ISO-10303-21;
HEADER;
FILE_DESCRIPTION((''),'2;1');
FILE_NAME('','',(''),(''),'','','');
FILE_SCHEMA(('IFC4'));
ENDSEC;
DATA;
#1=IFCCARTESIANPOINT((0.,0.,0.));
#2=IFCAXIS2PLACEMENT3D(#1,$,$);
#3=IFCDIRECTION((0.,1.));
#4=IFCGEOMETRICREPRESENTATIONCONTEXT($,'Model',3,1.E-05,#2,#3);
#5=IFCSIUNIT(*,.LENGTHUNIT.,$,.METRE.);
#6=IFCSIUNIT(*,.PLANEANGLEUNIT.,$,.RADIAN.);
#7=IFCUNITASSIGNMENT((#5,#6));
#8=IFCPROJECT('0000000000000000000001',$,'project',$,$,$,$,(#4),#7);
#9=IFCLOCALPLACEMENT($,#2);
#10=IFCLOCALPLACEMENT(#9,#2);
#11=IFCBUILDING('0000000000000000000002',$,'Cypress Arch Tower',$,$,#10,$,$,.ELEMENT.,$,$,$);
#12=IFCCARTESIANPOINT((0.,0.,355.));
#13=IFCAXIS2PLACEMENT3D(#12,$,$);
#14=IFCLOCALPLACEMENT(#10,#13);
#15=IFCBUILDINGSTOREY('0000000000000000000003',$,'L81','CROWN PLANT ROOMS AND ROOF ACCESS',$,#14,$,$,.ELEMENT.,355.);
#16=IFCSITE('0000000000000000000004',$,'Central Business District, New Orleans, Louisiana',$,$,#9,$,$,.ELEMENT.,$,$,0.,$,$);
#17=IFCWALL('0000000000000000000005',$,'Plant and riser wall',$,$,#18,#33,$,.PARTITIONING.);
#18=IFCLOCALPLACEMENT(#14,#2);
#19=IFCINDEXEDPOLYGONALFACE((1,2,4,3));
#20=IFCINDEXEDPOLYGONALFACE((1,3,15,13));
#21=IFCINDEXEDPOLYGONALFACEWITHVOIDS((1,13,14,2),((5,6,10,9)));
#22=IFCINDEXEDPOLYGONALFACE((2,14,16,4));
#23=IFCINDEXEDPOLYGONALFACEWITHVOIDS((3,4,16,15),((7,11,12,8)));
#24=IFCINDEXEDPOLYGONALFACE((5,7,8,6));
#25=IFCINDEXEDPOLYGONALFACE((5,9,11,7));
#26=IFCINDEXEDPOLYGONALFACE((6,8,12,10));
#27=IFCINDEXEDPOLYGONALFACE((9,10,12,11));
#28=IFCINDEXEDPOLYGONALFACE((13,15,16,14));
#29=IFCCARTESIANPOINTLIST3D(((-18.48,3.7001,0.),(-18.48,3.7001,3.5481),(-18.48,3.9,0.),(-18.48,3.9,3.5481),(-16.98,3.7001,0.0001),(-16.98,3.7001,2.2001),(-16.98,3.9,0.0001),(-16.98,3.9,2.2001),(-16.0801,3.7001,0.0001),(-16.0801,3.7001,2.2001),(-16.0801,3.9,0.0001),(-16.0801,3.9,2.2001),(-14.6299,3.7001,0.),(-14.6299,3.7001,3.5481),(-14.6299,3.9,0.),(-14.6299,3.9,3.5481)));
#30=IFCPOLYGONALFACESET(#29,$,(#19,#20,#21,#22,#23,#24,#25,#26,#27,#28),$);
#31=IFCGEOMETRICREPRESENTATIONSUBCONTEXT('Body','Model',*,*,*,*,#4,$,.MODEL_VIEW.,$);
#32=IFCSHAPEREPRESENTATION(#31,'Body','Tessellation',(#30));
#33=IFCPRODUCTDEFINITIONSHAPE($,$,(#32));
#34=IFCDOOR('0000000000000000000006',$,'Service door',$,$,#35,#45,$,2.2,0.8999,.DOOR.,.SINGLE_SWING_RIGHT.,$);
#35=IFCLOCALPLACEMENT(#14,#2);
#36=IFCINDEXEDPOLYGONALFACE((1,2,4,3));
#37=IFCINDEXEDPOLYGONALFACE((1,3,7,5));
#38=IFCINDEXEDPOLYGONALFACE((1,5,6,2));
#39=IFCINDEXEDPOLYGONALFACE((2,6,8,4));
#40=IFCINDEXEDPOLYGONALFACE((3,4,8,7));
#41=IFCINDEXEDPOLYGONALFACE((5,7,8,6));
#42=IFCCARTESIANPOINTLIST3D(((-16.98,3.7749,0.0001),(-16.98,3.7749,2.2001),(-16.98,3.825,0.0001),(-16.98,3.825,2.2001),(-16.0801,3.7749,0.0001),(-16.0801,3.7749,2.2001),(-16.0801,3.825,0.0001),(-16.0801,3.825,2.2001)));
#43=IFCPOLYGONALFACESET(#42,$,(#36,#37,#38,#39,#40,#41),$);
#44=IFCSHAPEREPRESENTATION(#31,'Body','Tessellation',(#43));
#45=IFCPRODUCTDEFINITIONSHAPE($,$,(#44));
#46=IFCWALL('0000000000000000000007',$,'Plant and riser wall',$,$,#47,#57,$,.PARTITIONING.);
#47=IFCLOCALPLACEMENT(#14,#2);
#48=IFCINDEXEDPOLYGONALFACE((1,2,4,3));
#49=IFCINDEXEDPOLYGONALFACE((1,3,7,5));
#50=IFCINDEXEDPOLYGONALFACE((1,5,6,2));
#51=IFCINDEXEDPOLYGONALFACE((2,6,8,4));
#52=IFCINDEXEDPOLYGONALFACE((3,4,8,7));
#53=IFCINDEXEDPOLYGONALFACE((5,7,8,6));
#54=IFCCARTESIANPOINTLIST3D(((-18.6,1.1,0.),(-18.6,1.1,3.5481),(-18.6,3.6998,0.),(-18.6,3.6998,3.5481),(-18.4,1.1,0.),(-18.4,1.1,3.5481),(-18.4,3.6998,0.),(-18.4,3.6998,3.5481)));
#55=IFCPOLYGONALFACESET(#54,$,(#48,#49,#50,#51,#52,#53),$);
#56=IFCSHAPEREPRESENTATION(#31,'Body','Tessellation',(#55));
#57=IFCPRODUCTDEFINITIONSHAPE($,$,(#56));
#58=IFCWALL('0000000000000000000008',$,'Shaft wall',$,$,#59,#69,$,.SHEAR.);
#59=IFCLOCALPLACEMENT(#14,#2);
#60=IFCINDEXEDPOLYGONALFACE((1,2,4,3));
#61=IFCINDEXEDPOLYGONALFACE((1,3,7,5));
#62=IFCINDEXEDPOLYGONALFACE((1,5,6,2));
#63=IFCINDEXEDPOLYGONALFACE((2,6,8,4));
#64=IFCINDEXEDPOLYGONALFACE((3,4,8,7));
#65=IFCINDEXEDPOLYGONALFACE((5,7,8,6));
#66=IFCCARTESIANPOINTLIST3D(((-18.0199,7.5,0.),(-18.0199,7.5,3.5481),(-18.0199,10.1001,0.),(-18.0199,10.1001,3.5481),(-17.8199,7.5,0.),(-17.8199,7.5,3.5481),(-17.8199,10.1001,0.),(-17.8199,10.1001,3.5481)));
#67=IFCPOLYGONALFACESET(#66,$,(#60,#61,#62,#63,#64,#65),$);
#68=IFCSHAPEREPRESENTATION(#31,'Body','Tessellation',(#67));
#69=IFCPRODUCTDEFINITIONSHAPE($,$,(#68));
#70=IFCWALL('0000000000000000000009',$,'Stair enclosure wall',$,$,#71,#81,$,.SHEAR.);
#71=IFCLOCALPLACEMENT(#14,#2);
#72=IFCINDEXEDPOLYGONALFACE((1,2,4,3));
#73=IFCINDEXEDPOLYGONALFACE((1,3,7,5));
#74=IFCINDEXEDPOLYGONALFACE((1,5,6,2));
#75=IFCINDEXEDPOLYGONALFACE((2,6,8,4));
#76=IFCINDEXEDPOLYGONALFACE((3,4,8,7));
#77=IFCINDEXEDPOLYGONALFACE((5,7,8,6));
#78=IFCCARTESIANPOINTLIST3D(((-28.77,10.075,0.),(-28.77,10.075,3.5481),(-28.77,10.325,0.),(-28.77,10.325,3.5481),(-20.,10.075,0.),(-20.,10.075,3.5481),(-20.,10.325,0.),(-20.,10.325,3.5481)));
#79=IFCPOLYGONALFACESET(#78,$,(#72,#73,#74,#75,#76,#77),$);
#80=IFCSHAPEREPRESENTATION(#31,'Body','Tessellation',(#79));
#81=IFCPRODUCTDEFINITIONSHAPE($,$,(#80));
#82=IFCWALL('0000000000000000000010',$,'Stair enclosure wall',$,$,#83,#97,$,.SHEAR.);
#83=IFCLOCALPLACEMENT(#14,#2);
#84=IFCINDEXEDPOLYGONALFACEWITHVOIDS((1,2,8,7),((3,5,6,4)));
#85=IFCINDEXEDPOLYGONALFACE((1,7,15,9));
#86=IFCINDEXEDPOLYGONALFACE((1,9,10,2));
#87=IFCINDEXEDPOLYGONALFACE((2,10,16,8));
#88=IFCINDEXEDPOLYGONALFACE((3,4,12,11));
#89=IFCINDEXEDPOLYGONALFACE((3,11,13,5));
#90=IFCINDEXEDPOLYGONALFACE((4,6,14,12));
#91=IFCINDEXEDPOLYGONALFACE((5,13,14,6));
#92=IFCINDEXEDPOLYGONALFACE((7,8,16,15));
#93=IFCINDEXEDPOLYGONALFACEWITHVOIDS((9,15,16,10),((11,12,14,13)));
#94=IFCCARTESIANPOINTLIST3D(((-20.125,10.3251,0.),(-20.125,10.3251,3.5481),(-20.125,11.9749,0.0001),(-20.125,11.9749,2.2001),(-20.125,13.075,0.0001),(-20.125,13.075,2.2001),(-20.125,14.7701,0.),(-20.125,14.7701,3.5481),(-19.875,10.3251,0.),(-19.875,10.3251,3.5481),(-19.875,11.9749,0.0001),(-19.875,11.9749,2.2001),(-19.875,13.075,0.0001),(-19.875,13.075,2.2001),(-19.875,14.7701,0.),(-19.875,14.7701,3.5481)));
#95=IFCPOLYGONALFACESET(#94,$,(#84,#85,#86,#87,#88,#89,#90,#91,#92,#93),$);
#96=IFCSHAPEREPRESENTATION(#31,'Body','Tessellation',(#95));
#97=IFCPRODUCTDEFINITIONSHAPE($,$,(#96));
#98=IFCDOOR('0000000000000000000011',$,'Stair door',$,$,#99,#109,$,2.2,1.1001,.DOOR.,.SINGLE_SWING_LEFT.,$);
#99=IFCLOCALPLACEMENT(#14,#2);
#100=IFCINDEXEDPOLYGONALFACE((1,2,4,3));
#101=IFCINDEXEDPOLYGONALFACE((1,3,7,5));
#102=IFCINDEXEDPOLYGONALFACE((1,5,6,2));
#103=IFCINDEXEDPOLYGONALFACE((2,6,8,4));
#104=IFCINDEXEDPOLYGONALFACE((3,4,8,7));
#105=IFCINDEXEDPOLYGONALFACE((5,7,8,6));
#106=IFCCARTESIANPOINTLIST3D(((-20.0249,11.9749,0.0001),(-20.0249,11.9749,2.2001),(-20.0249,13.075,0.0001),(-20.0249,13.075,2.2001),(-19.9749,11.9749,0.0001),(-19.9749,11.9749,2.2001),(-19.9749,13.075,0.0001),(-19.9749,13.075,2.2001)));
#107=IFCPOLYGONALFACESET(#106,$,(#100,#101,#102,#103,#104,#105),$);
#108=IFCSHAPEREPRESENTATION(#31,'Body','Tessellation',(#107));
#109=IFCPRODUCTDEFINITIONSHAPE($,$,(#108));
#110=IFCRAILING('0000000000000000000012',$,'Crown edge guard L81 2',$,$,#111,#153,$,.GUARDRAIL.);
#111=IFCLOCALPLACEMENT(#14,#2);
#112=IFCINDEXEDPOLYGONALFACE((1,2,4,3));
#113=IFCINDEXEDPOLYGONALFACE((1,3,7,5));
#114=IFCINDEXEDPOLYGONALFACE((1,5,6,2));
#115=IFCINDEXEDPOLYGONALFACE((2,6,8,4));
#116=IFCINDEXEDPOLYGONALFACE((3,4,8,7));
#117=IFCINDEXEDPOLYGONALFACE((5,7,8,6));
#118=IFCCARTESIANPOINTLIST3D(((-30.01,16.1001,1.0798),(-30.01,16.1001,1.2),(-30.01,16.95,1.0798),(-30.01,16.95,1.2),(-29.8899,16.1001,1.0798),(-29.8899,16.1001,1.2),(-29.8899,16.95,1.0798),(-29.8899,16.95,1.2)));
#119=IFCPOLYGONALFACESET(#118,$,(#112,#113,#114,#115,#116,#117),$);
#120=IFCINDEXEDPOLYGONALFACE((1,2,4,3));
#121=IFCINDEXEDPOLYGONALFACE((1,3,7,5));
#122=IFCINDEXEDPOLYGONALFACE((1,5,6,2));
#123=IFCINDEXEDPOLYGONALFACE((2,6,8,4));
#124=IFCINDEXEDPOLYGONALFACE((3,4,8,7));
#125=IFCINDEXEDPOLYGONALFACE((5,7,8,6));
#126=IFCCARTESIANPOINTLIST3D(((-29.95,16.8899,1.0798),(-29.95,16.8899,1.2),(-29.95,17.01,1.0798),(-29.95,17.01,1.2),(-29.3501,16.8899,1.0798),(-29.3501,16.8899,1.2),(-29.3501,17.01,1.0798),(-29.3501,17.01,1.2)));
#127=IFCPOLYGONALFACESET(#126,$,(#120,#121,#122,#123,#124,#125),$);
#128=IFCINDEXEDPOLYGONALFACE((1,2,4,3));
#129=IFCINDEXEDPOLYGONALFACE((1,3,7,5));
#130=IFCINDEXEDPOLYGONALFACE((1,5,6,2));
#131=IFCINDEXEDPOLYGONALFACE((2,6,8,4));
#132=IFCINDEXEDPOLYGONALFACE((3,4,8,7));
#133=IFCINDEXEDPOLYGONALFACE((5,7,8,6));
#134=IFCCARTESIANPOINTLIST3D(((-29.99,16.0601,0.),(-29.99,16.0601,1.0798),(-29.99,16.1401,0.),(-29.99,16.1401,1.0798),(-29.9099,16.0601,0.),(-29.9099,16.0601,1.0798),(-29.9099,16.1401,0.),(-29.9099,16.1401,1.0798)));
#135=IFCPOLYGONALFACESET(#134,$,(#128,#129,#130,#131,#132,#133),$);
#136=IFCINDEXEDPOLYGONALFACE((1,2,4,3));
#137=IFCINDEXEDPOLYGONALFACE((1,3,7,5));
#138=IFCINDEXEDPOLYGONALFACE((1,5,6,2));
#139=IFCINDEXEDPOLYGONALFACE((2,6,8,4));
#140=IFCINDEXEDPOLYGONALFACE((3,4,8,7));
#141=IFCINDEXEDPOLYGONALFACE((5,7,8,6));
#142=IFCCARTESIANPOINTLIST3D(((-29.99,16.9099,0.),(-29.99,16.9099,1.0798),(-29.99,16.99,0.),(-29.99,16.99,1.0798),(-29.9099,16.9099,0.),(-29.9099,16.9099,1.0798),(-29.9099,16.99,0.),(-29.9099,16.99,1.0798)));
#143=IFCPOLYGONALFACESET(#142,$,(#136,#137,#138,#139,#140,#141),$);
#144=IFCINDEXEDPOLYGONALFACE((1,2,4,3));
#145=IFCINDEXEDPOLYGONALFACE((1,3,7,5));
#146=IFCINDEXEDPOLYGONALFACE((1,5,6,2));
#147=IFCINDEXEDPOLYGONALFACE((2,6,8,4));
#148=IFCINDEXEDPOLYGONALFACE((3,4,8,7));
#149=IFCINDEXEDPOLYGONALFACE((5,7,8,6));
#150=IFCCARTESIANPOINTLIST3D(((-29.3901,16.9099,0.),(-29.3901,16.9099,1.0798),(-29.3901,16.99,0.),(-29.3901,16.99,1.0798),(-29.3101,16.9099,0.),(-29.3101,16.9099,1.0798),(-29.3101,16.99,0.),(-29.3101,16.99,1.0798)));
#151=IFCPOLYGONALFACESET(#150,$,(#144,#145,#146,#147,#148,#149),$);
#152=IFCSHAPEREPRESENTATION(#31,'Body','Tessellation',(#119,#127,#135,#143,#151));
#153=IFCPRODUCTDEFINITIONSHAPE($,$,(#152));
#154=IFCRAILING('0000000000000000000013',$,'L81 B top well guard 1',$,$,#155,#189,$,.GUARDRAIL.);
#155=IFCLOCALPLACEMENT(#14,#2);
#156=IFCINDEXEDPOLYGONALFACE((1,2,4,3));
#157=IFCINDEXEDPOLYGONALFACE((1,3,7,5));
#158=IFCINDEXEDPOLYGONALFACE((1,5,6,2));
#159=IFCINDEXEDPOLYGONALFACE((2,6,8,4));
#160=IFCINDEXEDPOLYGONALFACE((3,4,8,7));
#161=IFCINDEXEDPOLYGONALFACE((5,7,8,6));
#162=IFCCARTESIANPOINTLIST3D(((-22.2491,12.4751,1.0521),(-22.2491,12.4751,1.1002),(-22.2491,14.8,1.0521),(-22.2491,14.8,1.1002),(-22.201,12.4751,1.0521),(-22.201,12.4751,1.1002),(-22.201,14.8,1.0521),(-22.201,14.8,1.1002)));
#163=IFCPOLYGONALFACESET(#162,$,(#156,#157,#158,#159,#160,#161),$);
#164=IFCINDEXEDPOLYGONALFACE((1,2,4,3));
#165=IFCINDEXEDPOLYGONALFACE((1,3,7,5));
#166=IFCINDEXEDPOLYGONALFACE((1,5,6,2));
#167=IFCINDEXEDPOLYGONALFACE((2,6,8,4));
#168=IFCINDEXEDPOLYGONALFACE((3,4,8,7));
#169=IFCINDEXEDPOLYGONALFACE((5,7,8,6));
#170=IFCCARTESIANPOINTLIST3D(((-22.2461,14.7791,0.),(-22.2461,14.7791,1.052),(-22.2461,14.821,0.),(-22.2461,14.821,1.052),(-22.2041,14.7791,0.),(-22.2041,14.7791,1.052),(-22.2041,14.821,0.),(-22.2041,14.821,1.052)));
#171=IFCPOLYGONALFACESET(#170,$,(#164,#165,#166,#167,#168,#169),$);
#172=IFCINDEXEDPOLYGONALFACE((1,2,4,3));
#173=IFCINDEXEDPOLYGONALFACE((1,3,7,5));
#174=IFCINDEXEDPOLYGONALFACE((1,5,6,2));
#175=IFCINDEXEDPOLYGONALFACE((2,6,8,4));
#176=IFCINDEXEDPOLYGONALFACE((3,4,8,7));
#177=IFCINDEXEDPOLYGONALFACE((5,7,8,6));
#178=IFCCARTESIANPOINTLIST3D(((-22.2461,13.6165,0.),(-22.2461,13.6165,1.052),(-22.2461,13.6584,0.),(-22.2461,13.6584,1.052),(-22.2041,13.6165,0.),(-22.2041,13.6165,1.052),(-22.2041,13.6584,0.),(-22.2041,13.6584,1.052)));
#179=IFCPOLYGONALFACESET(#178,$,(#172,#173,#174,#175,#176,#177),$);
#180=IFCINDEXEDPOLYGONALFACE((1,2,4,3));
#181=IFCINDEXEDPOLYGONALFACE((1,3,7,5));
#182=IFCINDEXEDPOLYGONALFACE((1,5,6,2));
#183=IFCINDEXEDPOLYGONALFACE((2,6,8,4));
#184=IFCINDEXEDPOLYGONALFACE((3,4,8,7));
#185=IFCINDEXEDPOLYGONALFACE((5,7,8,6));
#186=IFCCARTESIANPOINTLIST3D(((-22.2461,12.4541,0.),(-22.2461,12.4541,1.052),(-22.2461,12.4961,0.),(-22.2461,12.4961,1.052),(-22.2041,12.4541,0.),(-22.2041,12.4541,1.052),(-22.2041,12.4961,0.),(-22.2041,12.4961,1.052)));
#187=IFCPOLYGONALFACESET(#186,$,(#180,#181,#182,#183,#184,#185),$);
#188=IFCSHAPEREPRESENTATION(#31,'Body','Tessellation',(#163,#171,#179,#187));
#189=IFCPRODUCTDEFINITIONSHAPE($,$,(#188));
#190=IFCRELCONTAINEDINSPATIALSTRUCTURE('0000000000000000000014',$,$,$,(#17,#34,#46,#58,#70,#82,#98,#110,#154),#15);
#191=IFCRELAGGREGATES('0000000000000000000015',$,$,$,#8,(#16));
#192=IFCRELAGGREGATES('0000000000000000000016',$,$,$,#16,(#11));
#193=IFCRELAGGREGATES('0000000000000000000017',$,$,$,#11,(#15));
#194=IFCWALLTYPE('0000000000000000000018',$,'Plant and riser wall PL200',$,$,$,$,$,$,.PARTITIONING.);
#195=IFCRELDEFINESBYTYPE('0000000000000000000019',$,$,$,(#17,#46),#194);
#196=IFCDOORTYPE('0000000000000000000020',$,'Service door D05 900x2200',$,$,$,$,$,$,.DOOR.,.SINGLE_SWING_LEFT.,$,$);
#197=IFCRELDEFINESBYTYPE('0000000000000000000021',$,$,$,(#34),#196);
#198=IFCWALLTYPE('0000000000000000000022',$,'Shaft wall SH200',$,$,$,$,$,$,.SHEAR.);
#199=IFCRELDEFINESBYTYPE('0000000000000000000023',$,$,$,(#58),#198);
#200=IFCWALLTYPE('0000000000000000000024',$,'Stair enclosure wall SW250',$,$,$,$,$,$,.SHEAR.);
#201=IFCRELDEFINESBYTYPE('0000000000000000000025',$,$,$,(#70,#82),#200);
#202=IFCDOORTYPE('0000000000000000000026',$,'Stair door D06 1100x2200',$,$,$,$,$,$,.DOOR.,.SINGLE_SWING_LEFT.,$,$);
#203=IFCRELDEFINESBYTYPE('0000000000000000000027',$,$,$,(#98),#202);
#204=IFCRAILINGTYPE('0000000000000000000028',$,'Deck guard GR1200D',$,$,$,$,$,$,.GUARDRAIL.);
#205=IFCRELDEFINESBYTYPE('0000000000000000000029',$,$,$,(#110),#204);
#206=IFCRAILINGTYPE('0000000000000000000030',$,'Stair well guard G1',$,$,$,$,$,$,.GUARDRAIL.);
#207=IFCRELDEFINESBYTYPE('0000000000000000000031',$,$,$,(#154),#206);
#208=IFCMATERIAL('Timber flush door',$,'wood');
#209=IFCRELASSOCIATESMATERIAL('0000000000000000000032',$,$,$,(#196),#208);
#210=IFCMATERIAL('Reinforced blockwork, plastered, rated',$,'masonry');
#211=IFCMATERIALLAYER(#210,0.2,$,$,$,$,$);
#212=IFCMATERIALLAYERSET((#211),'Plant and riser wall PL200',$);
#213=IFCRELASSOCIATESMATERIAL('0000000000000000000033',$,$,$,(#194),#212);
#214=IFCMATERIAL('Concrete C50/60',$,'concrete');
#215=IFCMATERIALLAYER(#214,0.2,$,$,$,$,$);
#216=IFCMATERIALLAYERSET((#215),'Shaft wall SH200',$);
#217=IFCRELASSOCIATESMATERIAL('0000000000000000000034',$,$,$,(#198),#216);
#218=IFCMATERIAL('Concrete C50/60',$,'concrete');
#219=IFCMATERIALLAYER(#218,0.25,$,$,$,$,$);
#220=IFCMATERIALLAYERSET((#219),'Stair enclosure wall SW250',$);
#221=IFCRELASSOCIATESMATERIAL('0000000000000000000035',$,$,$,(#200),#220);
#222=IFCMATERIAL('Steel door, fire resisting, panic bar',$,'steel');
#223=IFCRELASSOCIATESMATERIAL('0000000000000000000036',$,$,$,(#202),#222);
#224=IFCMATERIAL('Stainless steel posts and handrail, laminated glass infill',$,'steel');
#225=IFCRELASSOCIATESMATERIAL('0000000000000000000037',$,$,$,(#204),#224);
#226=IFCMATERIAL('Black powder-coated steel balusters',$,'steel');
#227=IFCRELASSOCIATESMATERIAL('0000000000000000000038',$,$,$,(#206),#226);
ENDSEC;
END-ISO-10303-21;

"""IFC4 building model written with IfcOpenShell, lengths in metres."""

from ifc_helpers import new_model, si_unit, direction, frame, frame_2d, origin, origin_2d, place, context, subcontext, project, spatial, rectangle, extrude, material, layer, layer_set, type_object, element, fill, save


model = new_model("IFC4")

# Units and contexts
model_context = context("Model", 3, precision=1e-05, world=origin(), true_north=direction((0.0, 1.0)))
body_context = subcontext(model_context, "Body", "Model", "MODEL_VIEW")
ifc_project = project(units=[si_unit("LENGTHUNIT", "METRE"), si_unit("PLANEANGLEUNIT", "RADIAN")], contexts=[model_context])

# Site, building, storey
site_placement = place(None, origin())
site = spatial("IfcSite", under=ifc_project, at=site_placement, Name="Central Business District, New Orleans, Louisiana", CompositionType="ELEMENT", RefElevation=0.0)
building_placement = place(site_placement, origin())
building = spatial("IfcBuilding", under=site, at=building_placement, Name="Cypress Arch Tower", CompositionType="ELEMENT")
storey_placement = place(building_placement, frame((0.0, 0.0, 355.0)))
storey = spatial("IfcBuildingStorey", under=building, at=storey_placement, Name="L81", Description="CROWN PLANT ROOMS AND ROOF ACCESS", CompositionType="ELEMENT", Elevation=355.0)

# Shared definitions
ifc_material_1 = material(Name="Timber flush door", Category="wood")
door_type_1 = type_object("IfcDoorType", Name="Service door D05 900x2200", OperationType="SINGLE_SWING_LEFT", PredefinedType="DOOR", material=ifc_material_1)

# Shared definitions
ifc_material_2 = material(Name="Reinforced blockwork, plastered, rated", Category="masonry")
ifc_layer_1 = layer(ifc_material_2, 0.2)
ifc_layer_set_1 = layer_set([ifc_layer_1], Name="Plant and riser wall PL200")
wall_type_1 = type_object("IfcWallType", Name="Plant and riser wall PL200", PredefinedType="PARTITIONING", material=ifc_layer_set_1)

# Wall, opening, door
wall_1_placement = place(storey_placement, frame((-18.48, 3.8, 0.0), z_axis=(0.0, 0.0, 1.0), x_axis=(1.0, 0.0, 0.0)))
wall_1 = element("IfcWall", 1, at=wall_1_placement, inside=storey, type_object=wall_type_1, Name="Plant and riser wall", PredefinedType="PARTITIONING", context=body_context, shape_type="SweptSolid", body=[
    extrude(rectangle(XDim=3.8501, YDim=0.2, at=frame_2d((1.925, 0.0))), origin(), (0.0, 0.0, 1.0), 3.5481),
])
opening_1_placement = place(wall_1_placement, frame((1.5, 0.0, 0.0)))
opening_1 = element("IfcOpeningElement", 2, at=opening_1_placement, cuts=wall_1, PredefinedType="OPENING", context=body_context, shape_type="SweptSolid", body=[
    extrude(rectangle(XDim=0.8999, YDim=2.2, at=frame_2d((0.45, 1.1001))), frame((0.0, 0.1099, 0.0), z_axis=(0.0, -1.0, 0.0), x_axis=(1.0, 0.0, 0.0)), (0.0, 0.0, 1.0), 0.22),
])
door_1_placement = place(opening_1_placement, origin())
door_1 = element("IfcDoor", 3, at=door_1_placement, inside=storey, type_object=door_type_1, Name="Service door", OperationType="SINGLE_SWING_RIGHT", OverallHeight=2.2, OverallWidth=0.8999, PredefinedType="DOOR", context=body_context, shape_type="SweptSolid", body=[
    extrude(rectangle(XDim=0.8999, YDim=2.2, at=frame_2d((0.45, 1.1001))), frame((0.0, 0.0249, 0.0), z_axis=(0.0, -1.0, 0.0), x_axis=(1.0, 0.0, 0.0)), (0.0, 0.0, 1.0), 0.05),
])
fill(opening_1, door_1)

# Walls
wall_2_placement = place(storey_placement, frame((-18.5, 1.1001, 0.0), z_axis=(0.0, 0.0, 1.0), x_axis=(0.0, 1.0, 0.0)))
element("IfcWall", 4, at=wall_2_placement, inside=storey, type_object=wall_type_1, Name="Plant and riser wall", PredefinedType="PARTITIONING", context=body_context, shape_type="SweptSolid", body=[
    extrude(rectangle(XDim=2.5999, YDim=0.2, at=frame_2d((1.2998, 0.0))), origin(), (0.0, 0.0, 1.0), 3.5481),
])
ifc_material_3 = material(Name="Concrete C50/60", Category="concrete")
ifc_layer_2 = layer(ifc_material_3, 0.2)
ifc_layer_set_2 = layer_set([ifc_layer_2], Name="Shaft wall SH200")
wall_type_2 = type_object("IfcWallType", Name="Shaft wall SH200", PredefinedType="SHEAR", material=ifc_layer_set_2)
wall_3_placement = place(storey_placement, frame((-17.9199, 7.5, 0.0), z_axis=(0.0, 0.0, 1.0), x_axis=(0.0, 1.0, 0.0)))
element("IfcWall", 5, at=wall_3_placement, inside=storey, type_object=wall_type_2, Name="Shaft wall", PredefinedType="SHEAR", context=body_context, shape_type="SweptSolid", body=[
    extrude(rectangle(XDim=2.6001, YDim=0.2, at=frame_2d((1.3, 0.0))), origin(), (0.0, 0.0, 1.0), 3.5481),
])
ifc_material_4 = material(Name="Concrete C50/60", Category="concrete")
ifc_layer_3 = layer(ifc_material_4, 0.25)
ifc_layer_set_3 = layer_set([ifc_layer_3], Name="Stair enclosure wall SW250")
wall_type_3 = type_object("IfcWallType", Name="Stair enclosure wall SW250", PredefinedType="SHEAR", material=ifc_layer_set_3)
wall_4_placement = place(storey_placement, frame((-28.77, 10.2, 0.0), z_axis=(0.0, 0.0, 1.0), x_axis=(1.0, 0.0, 0.0)))
element("IfcWall", 6, at=wall_4_placement, inside=storey, type_object=wall_type_3, Name="Stair enclosure wall", PredefinedType="SHEAR", context=body_context, shape_type="SweptSolid", body=[
    extrude(rectangle(XDim=8.77, YDim=0.25, at=frame_2d((4.385, 0.0))), origin(), (0.0, 0.0, 1.0), 3.5481),
])

# Wall, opening, door
wall_5_placement = place(storey_placement, frame((-20.0, 10.325, 0.0), z_axis=(0.0, 0.0, 1.0), x_axis=(0.0, 1.0, 0.0)))
wall_5 = element("IfcWall", 7, at=wall_5_placement, inside=storey, type_object=wall_type_3, Name="Stair enclosure wall", PredefinedType="SHEAR", context=body_context, shape_type="SweptSolid", body=[
    extrude(rectangle(XDim=4.4451, YDim=0.25, at=frame_2d((2.2227, 0.0))), origin(), (0.0, 0.0, 1.0), 3.5481),
])
opening_2_placement = place(wall_5_placement, frame((1.6499, 0.0, 0.0)))
opening_2 = element("IfcOpeningElement", 8, at=opening_2_placement, cuts=wall_5, PredefinedType="OPENING", context=body_context, shape_type="SweptSolid", body=[
    extrude(rectangle(XDim=1.1001, YDim=2.2, at=frame_2d((0.55, 1.1001))), frame((0.0, 0.135, 0.0), z_axis=(0.0, -1.0, 0.0), x_axis=(1.0, 0.0, 0.0)), (0.0, 0.0, 1.0), 0.27),
])
ifc_material_5 = material(Name="Steel door, fire resisting, panic bar", Category="steel")
door_type_2 = type_object("IfcDoorType", Name="Stair door D06 1100x2200", OperationType="SINGLE_SWING_LEFT", PredefinedType="DOOR", material=ifc_material_5)
door_2_placement = place(opening_2_placement, origin())
door_2 = element("IfcDoor", 9, at=door_2_placement, inside=storey, type_object=door_type_2, Name="Stair door", OperationType="SINGLE_SWING_LEFT", OverallHeight=2.2, OverallWidth=1.1001, PredefinedType="DOOR", context=body_context, shape_type="SweptSolid", body=[
    extrude(rectangle(XDim=1.1001, YDim=2.2, at=frame_2d((0.55, 1.1001))), frame((0.0, 0.0249, 0.0), z_axis=(0.0, -1.0, 0.0), x_axis=(1.0, 0.0, 0.0)), (0.0, 0.0, 1.0), 0.05),
])
fill(opening_2, door_2)

# Railings
ifc_material_6 = material(Name="Stainless steel posts and handrail, laminated glass infill", Category="steel")
railing_type_1 = type_object("IfcRailingType", Name="Deck guard GR1200D", PredefinedType="GUARDRAIL", material=ifc_material_6)
railing_1_placement = place(storey_placement, frame((-29.95, 16.1001, 0.0)))
element("IfcRailing", 10, at=railing_1_placement, inside=storey, type_object=railing_type_1, Name="Crown edge guard L81 2", PredefinedType="GUARDRAIL", context=body_context, shape_type="SweptSolid", body=[
    extrude(rectangle(XDim=0.1201, YDim=0.1201, at=origin_2d()), frame((0.0, 0.0, 1.1399), z_axis=(0.0, 1.0, 0.0), x_axis=(-1.0, 0.0, 0.0)), (0.0, 0.0, 1.0), 0.8499),
    extrude(rectangle(XDim=0.1201, YDim=0.1201, at=origin_2d()), frame((0.0, 0.8499, 1.1399), z_axis=(1.0, 0.0, 0.0), x_axis=(0.0, 1.0, 0.0)), (0.0, 0.0, 1.0), 0.5999),
    extrude(rectangle(XDim=0.0801, YDim=0.0801, at=origin_2d()), origin(), (0.0, 0.0, 1.0), 1.0798),
    extrude(rectangle(XDim=0.0801, YDim=0.0801, at=origin_2d()), frame((0.0, 0.8499, 0.0)), (0.0, 0.0, 1.0), 1.0798),
    extrude(rectangle(XDim=0.0801, YDim=0.0801, at=origin_2d()), frame((0.5999, 0.8499, 0.0)), (0.0, 0.0, 1.0), 1.0798),
])
ifc_material_7 = material(Name="Black powder-coated steel balusters", Category="steel")
railing_type_2 = type_object("IfcRailingType", Name="Stair well guard G1", PredefinedType="GUARDRAIL", material=ifc_material_7)
railing_2_placement = place(storey_placement, frame((-22.2251, 14.8, 0.0)))
element("IfcRailing", 11, at=railing_2_placement, inside=storey, type_object=railing_type_2, Name="L81 B top well guard 1", PredefinedType="GUARDRAIL", context=body_context, shape_type="SweptSolid", body=[
    extrude(rectangle(XDim=0.0481, YDim=0.0481, at=origin_2d()), frame((0.0, 0.0, 1.0762), z_axis=(0.0, -1.0, 0.0), x_axis=(1.0, 0.0, 0.0)), (0.0, 0.0, 1.0), 2.325),
    extrude(rectangle(XDim=0.042, YDim=0.042, at=origin_2d()), origin(), (0.0, 0.0, 1.0), 1.052),
    extrude(rectangle(XDim=0.042, YDim=0.042, at=origin_2d()), frame((0.0, -1.1626, 0.0)), (0.0, 0.0, 1.0), 1.052),
    extrude(rectangle(XDim=0.042, YDim=0.042, at=origin_2d()), frame((0.0, -2.325, 0.0)), (0.0, 0.0, 1.0), 1.052),
])

save(model, "model.ifc")
